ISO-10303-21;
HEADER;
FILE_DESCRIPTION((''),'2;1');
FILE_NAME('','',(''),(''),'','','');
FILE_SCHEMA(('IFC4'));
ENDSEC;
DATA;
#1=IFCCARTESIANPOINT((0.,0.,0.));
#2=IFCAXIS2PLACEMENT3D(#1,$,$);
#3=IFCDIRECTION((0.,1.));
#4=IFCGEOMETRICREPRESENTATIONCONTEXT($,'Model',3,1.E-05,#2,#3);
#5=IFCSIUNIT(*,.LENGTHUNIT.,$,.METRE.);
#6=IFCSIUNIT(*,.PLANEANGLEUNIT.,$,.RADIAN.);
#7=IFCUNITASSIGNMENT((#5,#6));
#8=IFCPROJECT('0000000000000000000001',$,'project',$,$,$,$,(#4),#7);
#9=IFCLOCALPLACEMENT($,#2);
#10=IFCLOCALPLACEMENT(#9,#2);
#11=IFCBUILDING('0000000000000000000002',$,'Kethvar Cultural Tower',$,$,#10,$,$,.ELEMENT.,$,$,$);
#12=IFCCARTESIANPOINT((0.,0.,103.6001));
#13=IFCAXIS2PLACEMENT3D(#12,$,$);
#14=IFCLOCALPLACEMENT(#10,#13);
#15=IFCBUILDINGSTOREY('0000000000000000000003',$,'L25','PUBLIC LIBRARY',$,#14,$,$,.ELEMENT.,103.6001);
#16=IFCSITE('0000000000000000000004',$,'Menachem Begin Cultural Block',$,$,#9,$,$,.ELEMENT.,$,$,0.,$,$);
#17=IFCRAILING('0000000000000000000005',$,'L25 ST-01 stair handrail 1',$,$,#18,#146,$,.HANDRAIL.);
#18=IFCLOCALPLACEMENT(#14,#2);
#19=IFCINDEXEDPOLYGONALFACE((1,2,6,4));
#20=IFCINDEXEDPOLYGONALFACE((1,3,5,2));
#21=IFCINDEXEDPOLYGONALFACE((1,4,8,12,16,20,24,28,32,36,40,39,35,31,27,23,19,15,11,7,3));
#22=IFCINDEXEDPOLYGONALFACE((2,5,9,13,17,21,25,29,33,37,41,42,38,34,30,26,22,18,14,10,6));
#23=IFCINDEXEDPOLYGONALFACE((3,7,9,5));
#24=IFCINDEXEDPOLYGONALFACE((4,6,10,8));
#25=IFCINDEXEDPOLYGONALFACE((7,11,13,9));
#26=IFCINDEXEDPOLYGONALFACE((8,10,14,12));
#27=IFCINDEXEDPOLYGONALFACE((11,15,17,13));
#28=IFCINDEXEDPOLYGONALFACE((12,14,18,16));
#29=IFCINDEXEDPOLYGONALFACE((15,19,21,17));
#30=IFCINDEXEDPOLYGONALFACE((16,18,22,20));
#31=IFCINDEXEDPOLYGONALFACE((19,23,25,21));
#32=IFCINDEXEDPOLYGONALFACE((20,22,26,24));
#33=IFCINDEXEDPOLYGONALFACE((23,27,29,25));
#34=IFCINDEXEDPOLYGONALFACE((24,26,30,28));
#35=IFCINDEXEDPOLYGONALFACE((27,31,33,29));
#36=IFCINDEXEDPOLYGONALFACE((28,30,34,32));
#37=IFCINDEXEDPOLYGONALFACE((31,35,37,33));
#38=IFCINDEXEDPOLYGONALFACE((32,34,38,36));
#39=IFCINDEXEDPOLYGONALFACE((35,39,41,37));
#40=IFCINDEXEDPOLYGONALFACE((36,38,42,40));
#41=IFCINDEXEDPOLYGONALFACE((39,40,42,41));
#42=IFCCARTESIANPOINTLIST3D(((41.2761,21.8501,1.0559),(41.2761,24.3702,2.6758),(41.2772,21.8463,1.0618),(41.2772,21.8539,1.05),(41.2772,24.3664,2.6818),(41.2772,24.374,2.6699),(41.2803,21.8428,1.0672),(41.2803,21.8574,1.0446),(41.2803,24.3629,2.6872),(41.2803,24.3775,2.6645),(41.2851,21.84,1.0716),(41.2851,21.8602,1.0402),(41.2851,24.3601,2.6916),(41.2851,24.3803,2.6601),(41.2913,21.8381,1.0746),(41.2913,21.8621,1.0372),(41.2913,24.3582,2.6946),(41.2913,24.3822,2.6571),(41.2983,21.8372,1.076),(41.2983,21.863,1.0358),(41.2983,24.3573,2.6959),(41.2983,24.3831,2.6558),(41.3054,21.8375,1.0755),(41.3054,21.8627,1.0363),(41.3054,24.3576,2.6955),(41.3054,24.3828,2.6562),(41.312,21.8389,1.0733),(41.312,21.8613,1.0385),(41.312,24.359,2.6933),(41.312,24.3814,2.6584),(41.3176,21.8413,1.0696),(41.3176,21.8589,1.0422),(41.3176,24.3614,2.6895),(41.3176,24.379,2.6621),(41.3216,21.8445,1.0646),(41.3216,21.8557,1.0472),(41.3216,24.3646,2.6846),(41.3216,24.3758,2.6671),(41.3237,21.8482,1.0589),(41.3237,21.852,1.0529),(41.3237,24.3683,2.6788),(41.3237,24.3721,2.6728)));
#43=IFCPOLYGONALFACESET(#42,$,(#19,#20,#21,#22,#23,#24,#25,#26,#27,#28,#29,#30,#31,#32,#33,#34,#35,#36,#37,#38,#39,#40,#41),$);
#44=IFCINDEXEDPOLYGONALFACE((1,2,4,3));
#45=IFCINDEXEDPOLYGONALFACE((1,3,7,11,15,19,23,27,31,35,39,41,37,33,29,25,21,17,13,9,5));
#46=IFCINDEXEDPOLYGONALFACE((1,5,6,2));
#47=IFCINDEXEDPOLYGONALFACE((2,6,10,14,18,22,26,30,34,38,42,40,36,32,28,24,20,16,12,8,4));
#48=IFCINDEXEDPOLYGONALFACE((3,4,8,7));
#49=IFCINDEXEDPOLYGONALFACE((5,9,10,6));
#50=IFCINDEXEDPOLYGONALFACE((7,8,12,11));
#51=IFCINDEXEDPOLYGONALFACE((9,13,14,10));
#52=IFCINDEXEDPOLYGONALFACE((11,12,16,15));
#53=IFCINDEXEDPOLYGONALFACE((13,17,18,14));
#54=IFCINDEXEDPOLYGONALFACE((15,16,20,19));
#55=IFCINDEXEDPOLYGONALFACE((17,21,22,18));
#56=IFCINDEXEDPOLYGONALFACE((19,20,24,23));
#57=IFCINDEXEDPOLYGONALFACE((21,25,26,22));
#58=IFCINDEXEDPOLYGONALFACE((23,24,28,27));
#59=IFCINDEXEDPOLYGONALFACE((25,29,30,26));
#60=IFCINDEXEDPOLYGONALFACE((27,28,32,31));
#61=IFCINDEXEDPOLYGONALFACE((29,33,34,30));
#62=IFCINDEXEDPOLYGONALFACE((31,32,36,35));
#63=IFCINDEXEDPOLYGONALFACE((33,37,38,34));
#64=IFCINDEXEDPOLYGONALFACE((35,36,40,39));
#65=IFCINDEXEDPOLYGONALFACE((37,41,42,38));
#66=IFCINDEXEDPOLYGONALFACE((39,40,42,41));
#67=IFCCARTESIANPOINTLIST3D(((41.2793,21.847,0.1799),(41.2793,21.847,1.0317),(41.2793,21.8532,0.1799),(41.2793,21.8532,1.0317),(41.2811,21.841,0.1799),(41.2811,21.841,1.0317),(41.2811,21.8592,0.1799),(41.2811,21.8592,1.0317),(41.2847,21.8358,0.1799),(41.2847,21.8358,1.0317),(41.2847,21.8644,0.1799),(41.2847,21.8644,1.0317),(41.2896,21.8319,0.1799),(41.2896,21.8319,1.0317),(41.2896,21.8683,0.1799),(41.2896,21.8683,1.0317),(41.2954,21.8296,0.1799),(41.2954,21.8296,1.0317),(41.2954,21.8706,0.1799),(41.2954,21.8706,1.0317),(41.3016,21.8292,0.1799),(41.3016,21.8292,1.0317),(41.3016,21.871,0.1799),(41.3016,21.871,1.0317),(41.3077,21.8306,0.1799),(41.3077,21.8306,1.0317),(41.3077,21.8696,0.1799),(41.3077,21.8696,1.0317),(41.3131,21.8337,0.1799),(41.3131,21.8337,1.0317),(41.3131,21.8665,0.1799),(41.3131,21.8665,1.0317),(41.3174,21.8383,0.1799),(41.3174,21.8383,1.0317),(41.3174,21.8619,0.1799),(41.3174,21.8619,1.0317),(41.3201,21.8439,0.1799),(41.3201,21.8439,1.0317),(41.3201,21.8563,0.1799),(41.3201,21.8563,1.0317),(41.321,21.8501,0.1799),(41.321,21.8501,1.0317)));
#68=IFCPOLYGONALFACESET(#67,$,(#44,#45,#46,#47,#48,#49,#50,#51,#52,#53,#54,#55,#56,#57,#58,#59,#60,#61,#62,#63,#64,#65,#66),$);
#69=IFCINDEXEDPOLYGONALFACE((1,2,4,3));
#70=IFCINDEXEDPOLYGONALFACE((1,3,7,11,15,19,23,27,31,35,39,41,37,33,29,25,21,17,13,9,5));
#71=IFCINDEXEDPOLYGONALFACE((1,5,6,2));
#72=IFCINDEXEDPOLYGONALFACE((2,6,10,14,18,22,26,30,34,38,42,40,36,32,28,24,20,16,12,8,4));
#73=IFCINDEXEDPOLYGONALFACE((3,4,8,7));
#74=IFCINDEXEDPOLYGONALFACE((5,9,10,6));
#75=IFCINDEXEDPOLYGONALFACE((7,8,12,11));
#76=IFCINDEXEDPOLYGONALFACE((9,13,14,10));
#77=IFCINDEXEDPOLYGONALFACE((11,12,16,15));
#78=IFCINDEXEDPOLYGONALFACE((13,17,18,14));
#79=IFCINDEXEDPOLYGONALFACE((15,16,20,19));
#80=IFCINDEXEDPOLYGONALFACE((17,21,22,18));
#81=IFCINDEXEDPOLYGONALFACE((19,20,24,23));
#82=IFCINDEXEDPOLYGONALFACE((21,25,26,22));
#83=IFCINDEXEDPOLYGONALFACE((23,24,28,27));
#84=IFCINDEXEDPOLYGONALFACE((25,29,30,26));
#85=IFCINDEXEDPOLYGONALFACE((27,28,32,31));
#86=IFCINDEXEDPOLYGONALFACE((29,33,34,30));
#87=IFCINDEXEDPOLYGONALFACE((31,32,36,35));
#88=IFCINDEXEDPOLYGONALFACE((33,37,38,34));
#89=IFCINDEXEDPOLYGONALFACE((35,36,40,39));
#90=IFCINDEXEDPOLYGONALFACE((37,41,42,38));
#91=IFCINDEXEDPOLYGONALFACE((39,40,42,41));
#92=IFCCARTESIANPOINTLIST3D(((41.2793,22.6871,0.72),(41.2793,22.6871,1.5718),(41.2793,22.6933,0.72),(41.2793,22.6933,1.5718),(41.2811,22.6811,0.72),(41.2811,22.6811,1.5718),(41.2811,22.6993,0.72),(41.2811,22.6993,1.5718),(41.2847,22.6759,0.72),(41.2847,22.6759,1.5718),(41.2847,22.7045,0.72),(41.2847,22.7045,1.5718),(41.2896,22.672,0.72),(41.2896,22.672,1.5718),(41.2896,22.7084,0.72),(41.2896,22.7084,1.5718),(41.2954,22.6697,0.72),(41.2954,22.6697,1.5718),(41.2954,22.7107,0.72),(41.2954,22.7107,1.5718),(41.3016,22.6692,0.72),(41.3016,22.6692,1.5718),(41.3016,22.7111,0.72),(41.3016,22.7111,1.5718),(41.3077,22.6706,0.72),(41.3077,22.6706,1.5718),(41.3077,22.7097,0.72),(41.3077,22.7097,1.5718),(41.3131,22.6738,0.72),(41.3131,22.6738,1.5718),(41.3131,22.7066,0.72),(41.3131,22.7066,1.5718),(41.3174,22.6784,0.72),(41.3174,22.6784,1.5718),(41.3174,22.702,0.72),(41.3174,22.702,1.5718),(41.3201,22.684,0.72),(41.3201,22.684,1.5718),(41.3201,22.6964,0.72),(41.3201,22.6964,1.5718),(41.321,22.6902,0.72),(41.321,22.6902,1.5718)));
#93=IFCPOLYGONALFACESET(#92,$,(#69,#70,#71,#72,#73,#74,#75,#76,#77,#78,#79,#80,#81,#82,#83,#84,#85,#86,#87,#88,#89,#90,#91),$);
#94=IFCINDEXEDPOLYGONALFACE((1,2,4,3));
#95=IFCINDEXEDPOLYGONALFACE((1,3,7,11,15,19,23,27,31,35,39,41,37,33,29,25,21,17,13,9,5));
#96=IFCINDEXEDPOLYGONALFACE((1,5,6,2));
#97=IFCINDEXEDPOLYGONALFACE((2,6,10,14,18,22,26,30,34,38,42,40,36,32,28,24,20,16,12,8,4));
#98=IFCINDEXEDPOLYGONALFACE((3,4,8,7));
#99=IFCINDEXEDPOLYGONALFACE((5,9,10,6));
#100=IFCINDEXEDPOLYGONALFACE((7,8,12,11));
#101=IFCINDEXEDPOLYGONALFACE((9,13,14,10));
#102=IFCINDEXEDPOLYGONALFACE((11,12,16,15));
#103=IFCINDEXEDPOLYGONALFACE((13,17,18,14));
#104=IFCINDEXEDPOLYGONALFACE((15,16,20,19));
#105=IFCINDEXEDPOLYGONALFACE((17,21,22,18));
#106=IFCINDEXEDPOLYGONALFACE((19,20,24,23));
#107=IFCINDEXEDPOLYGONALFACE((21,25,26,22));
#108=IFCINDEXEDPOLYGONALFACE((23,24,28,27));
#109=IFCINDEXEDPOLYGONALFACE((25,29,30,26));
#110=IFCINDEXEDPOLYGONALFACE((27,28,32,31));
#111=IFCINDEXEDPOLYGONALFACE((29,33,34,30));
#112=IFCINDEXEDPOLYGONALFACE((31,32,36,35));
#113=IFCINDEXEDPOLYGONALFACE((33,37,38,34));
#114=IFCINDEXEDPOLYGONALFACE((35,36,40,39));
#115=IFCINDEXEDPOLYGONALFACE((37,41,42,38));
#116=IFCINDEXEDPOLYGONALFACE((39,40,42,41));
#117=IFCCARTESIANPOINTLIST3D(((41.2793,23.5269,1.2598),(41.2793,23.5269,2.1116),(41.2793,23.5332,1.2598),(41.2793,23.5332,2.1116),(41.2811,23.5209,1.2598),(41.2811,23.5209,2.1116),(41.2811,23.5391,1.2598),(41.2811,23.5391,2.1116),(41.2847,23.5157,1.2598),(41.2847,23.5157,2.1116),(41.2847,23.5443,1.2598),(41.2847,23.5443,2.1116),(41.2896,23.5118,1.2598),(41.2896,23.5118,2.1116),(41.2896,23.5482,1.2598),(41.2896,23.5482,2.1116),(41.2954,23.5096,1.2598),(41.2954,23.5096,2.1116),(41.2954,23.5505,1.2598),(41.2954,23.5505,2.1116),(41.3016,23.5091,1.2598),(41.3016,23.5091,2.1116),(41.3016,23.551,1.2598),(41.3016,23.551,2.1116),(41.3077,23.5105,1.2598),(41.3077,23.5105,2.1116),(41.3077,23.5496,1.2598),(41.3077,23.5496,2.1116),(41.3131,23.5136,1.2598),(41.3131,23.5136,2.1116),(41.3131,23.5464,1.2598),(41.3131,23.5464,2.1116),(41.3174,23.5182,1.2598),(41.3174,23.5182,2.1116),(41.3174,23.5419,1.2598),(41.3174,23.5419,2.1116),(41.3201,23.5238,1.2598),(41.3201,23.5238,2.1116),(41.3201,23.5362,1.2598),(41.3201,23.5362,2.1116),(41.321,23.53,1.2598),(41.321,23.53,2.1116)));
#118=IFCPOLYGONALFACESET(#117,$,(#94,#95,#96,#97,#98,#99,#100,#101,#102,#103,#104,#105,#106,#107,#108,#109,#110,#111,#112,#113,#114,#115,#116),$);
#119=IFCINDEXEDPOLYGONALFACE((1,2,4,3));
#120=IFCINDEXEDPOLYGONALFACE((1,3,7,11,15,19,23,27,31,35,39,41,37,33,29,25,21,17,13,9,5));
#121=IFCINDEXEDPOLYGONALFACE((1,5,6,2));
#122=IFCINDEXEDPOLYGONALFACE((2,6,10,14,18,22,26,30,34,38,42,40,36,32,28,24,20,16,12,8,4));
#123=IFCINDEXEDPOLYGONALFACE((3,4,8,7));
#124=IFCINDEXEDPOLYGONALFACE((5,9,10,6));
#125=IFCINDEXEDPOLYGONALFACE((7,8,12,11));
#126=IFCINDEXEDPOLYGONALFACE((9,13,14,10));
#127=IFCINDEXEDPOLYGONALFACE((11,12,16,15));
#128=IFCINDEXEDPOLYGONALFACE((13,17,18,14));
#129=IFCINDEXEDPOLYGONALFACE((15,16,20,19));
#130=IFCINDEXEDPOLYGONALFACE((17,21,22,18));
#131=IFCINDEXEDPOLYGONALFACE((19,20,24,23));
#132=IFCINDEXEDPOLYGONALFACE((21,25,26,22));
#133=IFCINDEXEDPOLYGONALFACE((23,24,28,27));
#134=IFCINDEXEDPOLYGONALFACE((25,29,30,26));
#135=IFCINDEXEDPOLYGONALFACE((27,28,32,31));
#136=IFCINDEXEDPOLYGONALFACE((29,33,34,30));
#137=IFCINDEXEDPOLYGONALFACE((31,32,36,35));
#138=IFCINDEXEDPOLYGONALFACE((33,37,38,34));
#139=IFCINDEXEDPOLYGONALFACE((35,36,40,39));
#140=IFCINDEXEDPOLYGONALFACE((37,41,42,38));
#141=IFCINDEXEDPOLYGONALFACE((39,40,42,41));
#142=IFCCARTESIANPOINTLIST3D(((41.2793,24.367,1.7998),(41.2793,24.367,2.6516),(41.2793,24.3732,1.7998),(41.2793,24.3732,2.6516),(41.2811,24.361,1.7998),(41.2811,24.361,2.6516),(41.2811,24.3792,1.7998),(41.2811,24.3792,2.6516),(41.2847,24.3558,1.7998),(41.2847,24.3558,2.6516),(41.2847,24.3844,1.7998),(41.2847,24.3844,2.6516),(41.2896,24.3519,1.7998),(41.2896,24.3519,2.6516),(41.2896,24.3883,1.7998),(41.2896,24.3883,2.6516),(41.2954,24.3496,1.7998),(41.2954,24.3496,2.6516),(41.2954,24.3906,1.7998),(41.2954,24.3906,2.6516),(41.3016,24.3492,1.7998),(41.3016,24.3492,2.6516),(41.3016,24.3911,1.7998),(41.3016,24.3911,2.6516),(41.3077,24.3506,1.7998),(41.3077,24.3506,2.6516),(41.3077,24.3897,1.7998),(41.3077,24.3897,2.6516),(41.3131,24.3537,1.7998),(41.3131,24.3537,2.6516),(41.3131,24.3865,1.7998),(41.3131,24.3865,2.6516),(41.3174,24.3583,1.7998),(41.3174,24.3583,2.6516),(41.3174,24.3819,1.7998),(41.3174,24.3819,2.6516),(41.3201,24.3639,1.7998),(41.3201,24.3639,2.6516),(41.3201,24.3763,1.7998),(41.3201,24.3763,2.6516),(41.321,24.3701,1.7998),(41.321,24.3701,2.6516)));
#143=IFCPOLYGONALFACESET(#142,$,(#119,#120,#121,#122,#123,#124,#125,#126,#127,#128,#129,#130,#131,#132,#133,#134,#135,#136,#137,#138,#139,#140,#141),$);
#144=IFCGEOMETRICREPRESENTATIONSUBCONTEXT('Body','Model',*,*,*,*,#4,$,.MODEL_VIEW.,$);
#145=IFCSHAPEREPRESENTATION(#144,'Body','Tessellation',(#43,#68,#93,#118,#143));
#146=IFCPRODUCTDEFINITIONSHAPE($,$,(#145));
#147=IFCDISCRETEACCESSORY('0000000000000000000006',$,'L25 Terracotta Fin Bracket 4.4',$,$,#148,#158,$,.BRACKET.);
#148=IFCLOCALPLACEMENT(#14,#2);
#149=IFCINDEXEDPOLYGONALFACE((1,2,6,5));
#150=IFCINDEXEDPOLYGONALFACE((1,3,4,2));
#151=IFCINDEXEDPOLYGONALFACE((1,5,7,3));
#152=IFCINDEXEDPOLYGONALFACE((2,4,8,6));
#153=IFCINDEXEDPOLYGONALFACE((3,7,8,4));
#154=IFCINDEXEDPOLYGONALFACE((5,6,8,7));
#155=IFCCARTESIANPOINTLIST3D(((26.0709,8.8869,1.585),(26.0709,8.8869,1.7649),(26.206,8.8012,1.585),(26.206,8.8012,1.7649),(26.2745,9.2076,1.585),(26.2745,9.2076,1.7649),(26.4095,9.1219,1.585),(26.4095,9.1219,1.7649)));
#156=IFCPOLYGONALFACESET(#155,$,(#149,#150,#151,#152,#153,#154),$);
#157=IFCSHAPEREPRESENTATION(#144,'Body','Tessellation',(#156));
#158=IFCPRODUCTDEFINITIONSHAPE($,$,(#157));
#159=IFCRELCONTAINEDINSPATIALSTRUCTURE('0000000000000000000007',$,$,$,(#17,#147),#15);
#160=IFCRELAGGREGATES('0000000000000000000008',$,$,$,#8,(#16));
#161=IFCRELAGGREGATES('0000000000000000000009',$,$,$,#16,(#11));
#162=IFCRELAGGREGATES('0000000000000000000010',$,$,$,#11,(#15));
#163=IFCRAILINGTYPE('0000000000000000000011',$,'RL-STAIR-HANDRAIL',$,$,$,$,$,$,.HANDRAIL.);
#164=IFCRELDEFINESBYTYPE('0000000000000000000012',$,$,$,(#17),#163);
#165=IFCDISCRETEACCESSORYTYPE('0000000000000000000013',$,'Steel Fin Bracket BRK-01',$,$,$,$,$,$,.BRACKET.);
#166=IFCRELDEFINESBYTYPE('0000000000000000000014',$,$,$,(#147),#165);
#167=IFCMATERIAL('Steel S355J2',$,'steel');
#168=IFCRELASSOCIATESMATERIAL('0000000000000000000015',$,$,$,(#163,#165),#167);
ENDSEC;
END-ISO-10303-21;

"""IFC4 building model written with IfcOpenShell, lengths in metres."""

from ifc_helpers import new_model, si_unit, direction, frame, origin, origin_2d, place, context, subcontext, project, spatial, rectangle, circle, extrude, source, transform, mapped, material, type_object, element, save


model = new_model("IFC4")

# Units and contexts
model_context = context("Model", 3, precision=1e-05, world=origin(), true_north=direction((0.0, 1.0)))
body_context = subcontext(model_context, "Body", "Model", "MODEL_VIEW")
ifc_project = project(units=[si_unit("LENGTHUNIT", "METRE"), si_unit("PLANEANGLEUNIT", "RADIAN")], contexts=[model_context])

# Site, building, storey
site_placement = place(None, origin())
site = spatial("IfcSite", under=ifc_project, at=site_placement, Name="Menachem Begin Cultural Block", CompositionType="ELEMENT", RefElevation=0.0)
building_placement = place(site_placement, origin())
building = spatial("IfcBuilding", under=site, at=building_placement, Name="Kethvar Cultural Tower", CompositionType="ELEMENT")
storey_placement = place(building_placement, frame((0.0, 0.0, 103.6001)))
storey = spatial("IfcBuildingStorey", under=building, at=storey_placement, Name="L25", Description="PUBLIC LIBRARY", CompositionType="ELEMENT", Elevation=103.6001)

# Shared definitions
ifc_material_1 = material(Name="Steel S355J2", Category="steel")

# Railing
railing_type_1 = type_object("IfcRailingType", Name="RL-STAIR-HANDRAIL", PredefinedType="HANDRAIL", material=ifc_material_1)
railing_1_placement = place(storey_placement, frame((41.3, 21.8501, 0.1799)))
element("IfcRailing", 1, at=railing_1_placement, inside=storey, type_object=railing_type_1, Name="L25 ST-01 stair handrail 1", PredefinedType="HANDRAIL", context=body_context, shape_type="SweptSolid", body=[
    extrude(circle(Radius=0.0239, at=origin_2d()), frame((0.0, 0.0, 0.876), z_axis=(0.0, 0.8412, 0.540725), x_axis=(-1.0, 0.0, 0.0)), (0.0, 0.0, 1.0), 2.9958),
    extrude(circle(Radius=0.021, at=origin_2d()), origin(), (0.0, 0.0, 1.0), 0.8518),
    extrude(circle(Radius=0.021, at=origin_2d()), frame((0.0, 0.8401, 0.54)), (0.0, 0.0, 1.0), 0.8518),
    extrude(circle(Radius=0.021, at=origin_2d()), frame((0.0, 1.6799, 1.0798)), (0.0, 0.0, 1.0), 0.8518),
    extrude(circle(Radius=0.021, at=origin_2d()), frame((0.0, 2.52, 1.6199)), (0.0, 0.0, 1.0), 0.8518),
])

# Discrete accessory
discrete_accessory_type = type_object("IfcDiscreteAccessoryType", Name="Steel Fin Bracket BRK-01", PredefinedType="BRACKET", material=ifc_material_1)
shared_shape_1 = source(origin(), body_context, "Body", "SweptSolid", [
    extrude(rectangle(XDim=0.3799, YDim=0.1599, at=origin_2d()), origin(), (0.0, 0.0, 1.0), 0.1799),
])
discrete_accessory_placement = place(storey_placement, frame((26.2402, 9.0044, 1.585), z_axis=(0.0, 0.0, 1.0), x_axis=(-0.535827, -0.844328, 0.0)))
element("IfcDiscreteAccessory", 2, at=discrete_accessory_placement, inside=storey, type_object=discrete_accessory_type, Name="L25 Terracotta Fin Bracket 4.4", PredefinedType="BRACKET", context=body_context, shape_type="MappedRepresentation", body=[
    mapped(shared_shape_1, transform((0.0, 0.0, 0.0), scale=1.0)),
])

save(model, "model.ifc")
